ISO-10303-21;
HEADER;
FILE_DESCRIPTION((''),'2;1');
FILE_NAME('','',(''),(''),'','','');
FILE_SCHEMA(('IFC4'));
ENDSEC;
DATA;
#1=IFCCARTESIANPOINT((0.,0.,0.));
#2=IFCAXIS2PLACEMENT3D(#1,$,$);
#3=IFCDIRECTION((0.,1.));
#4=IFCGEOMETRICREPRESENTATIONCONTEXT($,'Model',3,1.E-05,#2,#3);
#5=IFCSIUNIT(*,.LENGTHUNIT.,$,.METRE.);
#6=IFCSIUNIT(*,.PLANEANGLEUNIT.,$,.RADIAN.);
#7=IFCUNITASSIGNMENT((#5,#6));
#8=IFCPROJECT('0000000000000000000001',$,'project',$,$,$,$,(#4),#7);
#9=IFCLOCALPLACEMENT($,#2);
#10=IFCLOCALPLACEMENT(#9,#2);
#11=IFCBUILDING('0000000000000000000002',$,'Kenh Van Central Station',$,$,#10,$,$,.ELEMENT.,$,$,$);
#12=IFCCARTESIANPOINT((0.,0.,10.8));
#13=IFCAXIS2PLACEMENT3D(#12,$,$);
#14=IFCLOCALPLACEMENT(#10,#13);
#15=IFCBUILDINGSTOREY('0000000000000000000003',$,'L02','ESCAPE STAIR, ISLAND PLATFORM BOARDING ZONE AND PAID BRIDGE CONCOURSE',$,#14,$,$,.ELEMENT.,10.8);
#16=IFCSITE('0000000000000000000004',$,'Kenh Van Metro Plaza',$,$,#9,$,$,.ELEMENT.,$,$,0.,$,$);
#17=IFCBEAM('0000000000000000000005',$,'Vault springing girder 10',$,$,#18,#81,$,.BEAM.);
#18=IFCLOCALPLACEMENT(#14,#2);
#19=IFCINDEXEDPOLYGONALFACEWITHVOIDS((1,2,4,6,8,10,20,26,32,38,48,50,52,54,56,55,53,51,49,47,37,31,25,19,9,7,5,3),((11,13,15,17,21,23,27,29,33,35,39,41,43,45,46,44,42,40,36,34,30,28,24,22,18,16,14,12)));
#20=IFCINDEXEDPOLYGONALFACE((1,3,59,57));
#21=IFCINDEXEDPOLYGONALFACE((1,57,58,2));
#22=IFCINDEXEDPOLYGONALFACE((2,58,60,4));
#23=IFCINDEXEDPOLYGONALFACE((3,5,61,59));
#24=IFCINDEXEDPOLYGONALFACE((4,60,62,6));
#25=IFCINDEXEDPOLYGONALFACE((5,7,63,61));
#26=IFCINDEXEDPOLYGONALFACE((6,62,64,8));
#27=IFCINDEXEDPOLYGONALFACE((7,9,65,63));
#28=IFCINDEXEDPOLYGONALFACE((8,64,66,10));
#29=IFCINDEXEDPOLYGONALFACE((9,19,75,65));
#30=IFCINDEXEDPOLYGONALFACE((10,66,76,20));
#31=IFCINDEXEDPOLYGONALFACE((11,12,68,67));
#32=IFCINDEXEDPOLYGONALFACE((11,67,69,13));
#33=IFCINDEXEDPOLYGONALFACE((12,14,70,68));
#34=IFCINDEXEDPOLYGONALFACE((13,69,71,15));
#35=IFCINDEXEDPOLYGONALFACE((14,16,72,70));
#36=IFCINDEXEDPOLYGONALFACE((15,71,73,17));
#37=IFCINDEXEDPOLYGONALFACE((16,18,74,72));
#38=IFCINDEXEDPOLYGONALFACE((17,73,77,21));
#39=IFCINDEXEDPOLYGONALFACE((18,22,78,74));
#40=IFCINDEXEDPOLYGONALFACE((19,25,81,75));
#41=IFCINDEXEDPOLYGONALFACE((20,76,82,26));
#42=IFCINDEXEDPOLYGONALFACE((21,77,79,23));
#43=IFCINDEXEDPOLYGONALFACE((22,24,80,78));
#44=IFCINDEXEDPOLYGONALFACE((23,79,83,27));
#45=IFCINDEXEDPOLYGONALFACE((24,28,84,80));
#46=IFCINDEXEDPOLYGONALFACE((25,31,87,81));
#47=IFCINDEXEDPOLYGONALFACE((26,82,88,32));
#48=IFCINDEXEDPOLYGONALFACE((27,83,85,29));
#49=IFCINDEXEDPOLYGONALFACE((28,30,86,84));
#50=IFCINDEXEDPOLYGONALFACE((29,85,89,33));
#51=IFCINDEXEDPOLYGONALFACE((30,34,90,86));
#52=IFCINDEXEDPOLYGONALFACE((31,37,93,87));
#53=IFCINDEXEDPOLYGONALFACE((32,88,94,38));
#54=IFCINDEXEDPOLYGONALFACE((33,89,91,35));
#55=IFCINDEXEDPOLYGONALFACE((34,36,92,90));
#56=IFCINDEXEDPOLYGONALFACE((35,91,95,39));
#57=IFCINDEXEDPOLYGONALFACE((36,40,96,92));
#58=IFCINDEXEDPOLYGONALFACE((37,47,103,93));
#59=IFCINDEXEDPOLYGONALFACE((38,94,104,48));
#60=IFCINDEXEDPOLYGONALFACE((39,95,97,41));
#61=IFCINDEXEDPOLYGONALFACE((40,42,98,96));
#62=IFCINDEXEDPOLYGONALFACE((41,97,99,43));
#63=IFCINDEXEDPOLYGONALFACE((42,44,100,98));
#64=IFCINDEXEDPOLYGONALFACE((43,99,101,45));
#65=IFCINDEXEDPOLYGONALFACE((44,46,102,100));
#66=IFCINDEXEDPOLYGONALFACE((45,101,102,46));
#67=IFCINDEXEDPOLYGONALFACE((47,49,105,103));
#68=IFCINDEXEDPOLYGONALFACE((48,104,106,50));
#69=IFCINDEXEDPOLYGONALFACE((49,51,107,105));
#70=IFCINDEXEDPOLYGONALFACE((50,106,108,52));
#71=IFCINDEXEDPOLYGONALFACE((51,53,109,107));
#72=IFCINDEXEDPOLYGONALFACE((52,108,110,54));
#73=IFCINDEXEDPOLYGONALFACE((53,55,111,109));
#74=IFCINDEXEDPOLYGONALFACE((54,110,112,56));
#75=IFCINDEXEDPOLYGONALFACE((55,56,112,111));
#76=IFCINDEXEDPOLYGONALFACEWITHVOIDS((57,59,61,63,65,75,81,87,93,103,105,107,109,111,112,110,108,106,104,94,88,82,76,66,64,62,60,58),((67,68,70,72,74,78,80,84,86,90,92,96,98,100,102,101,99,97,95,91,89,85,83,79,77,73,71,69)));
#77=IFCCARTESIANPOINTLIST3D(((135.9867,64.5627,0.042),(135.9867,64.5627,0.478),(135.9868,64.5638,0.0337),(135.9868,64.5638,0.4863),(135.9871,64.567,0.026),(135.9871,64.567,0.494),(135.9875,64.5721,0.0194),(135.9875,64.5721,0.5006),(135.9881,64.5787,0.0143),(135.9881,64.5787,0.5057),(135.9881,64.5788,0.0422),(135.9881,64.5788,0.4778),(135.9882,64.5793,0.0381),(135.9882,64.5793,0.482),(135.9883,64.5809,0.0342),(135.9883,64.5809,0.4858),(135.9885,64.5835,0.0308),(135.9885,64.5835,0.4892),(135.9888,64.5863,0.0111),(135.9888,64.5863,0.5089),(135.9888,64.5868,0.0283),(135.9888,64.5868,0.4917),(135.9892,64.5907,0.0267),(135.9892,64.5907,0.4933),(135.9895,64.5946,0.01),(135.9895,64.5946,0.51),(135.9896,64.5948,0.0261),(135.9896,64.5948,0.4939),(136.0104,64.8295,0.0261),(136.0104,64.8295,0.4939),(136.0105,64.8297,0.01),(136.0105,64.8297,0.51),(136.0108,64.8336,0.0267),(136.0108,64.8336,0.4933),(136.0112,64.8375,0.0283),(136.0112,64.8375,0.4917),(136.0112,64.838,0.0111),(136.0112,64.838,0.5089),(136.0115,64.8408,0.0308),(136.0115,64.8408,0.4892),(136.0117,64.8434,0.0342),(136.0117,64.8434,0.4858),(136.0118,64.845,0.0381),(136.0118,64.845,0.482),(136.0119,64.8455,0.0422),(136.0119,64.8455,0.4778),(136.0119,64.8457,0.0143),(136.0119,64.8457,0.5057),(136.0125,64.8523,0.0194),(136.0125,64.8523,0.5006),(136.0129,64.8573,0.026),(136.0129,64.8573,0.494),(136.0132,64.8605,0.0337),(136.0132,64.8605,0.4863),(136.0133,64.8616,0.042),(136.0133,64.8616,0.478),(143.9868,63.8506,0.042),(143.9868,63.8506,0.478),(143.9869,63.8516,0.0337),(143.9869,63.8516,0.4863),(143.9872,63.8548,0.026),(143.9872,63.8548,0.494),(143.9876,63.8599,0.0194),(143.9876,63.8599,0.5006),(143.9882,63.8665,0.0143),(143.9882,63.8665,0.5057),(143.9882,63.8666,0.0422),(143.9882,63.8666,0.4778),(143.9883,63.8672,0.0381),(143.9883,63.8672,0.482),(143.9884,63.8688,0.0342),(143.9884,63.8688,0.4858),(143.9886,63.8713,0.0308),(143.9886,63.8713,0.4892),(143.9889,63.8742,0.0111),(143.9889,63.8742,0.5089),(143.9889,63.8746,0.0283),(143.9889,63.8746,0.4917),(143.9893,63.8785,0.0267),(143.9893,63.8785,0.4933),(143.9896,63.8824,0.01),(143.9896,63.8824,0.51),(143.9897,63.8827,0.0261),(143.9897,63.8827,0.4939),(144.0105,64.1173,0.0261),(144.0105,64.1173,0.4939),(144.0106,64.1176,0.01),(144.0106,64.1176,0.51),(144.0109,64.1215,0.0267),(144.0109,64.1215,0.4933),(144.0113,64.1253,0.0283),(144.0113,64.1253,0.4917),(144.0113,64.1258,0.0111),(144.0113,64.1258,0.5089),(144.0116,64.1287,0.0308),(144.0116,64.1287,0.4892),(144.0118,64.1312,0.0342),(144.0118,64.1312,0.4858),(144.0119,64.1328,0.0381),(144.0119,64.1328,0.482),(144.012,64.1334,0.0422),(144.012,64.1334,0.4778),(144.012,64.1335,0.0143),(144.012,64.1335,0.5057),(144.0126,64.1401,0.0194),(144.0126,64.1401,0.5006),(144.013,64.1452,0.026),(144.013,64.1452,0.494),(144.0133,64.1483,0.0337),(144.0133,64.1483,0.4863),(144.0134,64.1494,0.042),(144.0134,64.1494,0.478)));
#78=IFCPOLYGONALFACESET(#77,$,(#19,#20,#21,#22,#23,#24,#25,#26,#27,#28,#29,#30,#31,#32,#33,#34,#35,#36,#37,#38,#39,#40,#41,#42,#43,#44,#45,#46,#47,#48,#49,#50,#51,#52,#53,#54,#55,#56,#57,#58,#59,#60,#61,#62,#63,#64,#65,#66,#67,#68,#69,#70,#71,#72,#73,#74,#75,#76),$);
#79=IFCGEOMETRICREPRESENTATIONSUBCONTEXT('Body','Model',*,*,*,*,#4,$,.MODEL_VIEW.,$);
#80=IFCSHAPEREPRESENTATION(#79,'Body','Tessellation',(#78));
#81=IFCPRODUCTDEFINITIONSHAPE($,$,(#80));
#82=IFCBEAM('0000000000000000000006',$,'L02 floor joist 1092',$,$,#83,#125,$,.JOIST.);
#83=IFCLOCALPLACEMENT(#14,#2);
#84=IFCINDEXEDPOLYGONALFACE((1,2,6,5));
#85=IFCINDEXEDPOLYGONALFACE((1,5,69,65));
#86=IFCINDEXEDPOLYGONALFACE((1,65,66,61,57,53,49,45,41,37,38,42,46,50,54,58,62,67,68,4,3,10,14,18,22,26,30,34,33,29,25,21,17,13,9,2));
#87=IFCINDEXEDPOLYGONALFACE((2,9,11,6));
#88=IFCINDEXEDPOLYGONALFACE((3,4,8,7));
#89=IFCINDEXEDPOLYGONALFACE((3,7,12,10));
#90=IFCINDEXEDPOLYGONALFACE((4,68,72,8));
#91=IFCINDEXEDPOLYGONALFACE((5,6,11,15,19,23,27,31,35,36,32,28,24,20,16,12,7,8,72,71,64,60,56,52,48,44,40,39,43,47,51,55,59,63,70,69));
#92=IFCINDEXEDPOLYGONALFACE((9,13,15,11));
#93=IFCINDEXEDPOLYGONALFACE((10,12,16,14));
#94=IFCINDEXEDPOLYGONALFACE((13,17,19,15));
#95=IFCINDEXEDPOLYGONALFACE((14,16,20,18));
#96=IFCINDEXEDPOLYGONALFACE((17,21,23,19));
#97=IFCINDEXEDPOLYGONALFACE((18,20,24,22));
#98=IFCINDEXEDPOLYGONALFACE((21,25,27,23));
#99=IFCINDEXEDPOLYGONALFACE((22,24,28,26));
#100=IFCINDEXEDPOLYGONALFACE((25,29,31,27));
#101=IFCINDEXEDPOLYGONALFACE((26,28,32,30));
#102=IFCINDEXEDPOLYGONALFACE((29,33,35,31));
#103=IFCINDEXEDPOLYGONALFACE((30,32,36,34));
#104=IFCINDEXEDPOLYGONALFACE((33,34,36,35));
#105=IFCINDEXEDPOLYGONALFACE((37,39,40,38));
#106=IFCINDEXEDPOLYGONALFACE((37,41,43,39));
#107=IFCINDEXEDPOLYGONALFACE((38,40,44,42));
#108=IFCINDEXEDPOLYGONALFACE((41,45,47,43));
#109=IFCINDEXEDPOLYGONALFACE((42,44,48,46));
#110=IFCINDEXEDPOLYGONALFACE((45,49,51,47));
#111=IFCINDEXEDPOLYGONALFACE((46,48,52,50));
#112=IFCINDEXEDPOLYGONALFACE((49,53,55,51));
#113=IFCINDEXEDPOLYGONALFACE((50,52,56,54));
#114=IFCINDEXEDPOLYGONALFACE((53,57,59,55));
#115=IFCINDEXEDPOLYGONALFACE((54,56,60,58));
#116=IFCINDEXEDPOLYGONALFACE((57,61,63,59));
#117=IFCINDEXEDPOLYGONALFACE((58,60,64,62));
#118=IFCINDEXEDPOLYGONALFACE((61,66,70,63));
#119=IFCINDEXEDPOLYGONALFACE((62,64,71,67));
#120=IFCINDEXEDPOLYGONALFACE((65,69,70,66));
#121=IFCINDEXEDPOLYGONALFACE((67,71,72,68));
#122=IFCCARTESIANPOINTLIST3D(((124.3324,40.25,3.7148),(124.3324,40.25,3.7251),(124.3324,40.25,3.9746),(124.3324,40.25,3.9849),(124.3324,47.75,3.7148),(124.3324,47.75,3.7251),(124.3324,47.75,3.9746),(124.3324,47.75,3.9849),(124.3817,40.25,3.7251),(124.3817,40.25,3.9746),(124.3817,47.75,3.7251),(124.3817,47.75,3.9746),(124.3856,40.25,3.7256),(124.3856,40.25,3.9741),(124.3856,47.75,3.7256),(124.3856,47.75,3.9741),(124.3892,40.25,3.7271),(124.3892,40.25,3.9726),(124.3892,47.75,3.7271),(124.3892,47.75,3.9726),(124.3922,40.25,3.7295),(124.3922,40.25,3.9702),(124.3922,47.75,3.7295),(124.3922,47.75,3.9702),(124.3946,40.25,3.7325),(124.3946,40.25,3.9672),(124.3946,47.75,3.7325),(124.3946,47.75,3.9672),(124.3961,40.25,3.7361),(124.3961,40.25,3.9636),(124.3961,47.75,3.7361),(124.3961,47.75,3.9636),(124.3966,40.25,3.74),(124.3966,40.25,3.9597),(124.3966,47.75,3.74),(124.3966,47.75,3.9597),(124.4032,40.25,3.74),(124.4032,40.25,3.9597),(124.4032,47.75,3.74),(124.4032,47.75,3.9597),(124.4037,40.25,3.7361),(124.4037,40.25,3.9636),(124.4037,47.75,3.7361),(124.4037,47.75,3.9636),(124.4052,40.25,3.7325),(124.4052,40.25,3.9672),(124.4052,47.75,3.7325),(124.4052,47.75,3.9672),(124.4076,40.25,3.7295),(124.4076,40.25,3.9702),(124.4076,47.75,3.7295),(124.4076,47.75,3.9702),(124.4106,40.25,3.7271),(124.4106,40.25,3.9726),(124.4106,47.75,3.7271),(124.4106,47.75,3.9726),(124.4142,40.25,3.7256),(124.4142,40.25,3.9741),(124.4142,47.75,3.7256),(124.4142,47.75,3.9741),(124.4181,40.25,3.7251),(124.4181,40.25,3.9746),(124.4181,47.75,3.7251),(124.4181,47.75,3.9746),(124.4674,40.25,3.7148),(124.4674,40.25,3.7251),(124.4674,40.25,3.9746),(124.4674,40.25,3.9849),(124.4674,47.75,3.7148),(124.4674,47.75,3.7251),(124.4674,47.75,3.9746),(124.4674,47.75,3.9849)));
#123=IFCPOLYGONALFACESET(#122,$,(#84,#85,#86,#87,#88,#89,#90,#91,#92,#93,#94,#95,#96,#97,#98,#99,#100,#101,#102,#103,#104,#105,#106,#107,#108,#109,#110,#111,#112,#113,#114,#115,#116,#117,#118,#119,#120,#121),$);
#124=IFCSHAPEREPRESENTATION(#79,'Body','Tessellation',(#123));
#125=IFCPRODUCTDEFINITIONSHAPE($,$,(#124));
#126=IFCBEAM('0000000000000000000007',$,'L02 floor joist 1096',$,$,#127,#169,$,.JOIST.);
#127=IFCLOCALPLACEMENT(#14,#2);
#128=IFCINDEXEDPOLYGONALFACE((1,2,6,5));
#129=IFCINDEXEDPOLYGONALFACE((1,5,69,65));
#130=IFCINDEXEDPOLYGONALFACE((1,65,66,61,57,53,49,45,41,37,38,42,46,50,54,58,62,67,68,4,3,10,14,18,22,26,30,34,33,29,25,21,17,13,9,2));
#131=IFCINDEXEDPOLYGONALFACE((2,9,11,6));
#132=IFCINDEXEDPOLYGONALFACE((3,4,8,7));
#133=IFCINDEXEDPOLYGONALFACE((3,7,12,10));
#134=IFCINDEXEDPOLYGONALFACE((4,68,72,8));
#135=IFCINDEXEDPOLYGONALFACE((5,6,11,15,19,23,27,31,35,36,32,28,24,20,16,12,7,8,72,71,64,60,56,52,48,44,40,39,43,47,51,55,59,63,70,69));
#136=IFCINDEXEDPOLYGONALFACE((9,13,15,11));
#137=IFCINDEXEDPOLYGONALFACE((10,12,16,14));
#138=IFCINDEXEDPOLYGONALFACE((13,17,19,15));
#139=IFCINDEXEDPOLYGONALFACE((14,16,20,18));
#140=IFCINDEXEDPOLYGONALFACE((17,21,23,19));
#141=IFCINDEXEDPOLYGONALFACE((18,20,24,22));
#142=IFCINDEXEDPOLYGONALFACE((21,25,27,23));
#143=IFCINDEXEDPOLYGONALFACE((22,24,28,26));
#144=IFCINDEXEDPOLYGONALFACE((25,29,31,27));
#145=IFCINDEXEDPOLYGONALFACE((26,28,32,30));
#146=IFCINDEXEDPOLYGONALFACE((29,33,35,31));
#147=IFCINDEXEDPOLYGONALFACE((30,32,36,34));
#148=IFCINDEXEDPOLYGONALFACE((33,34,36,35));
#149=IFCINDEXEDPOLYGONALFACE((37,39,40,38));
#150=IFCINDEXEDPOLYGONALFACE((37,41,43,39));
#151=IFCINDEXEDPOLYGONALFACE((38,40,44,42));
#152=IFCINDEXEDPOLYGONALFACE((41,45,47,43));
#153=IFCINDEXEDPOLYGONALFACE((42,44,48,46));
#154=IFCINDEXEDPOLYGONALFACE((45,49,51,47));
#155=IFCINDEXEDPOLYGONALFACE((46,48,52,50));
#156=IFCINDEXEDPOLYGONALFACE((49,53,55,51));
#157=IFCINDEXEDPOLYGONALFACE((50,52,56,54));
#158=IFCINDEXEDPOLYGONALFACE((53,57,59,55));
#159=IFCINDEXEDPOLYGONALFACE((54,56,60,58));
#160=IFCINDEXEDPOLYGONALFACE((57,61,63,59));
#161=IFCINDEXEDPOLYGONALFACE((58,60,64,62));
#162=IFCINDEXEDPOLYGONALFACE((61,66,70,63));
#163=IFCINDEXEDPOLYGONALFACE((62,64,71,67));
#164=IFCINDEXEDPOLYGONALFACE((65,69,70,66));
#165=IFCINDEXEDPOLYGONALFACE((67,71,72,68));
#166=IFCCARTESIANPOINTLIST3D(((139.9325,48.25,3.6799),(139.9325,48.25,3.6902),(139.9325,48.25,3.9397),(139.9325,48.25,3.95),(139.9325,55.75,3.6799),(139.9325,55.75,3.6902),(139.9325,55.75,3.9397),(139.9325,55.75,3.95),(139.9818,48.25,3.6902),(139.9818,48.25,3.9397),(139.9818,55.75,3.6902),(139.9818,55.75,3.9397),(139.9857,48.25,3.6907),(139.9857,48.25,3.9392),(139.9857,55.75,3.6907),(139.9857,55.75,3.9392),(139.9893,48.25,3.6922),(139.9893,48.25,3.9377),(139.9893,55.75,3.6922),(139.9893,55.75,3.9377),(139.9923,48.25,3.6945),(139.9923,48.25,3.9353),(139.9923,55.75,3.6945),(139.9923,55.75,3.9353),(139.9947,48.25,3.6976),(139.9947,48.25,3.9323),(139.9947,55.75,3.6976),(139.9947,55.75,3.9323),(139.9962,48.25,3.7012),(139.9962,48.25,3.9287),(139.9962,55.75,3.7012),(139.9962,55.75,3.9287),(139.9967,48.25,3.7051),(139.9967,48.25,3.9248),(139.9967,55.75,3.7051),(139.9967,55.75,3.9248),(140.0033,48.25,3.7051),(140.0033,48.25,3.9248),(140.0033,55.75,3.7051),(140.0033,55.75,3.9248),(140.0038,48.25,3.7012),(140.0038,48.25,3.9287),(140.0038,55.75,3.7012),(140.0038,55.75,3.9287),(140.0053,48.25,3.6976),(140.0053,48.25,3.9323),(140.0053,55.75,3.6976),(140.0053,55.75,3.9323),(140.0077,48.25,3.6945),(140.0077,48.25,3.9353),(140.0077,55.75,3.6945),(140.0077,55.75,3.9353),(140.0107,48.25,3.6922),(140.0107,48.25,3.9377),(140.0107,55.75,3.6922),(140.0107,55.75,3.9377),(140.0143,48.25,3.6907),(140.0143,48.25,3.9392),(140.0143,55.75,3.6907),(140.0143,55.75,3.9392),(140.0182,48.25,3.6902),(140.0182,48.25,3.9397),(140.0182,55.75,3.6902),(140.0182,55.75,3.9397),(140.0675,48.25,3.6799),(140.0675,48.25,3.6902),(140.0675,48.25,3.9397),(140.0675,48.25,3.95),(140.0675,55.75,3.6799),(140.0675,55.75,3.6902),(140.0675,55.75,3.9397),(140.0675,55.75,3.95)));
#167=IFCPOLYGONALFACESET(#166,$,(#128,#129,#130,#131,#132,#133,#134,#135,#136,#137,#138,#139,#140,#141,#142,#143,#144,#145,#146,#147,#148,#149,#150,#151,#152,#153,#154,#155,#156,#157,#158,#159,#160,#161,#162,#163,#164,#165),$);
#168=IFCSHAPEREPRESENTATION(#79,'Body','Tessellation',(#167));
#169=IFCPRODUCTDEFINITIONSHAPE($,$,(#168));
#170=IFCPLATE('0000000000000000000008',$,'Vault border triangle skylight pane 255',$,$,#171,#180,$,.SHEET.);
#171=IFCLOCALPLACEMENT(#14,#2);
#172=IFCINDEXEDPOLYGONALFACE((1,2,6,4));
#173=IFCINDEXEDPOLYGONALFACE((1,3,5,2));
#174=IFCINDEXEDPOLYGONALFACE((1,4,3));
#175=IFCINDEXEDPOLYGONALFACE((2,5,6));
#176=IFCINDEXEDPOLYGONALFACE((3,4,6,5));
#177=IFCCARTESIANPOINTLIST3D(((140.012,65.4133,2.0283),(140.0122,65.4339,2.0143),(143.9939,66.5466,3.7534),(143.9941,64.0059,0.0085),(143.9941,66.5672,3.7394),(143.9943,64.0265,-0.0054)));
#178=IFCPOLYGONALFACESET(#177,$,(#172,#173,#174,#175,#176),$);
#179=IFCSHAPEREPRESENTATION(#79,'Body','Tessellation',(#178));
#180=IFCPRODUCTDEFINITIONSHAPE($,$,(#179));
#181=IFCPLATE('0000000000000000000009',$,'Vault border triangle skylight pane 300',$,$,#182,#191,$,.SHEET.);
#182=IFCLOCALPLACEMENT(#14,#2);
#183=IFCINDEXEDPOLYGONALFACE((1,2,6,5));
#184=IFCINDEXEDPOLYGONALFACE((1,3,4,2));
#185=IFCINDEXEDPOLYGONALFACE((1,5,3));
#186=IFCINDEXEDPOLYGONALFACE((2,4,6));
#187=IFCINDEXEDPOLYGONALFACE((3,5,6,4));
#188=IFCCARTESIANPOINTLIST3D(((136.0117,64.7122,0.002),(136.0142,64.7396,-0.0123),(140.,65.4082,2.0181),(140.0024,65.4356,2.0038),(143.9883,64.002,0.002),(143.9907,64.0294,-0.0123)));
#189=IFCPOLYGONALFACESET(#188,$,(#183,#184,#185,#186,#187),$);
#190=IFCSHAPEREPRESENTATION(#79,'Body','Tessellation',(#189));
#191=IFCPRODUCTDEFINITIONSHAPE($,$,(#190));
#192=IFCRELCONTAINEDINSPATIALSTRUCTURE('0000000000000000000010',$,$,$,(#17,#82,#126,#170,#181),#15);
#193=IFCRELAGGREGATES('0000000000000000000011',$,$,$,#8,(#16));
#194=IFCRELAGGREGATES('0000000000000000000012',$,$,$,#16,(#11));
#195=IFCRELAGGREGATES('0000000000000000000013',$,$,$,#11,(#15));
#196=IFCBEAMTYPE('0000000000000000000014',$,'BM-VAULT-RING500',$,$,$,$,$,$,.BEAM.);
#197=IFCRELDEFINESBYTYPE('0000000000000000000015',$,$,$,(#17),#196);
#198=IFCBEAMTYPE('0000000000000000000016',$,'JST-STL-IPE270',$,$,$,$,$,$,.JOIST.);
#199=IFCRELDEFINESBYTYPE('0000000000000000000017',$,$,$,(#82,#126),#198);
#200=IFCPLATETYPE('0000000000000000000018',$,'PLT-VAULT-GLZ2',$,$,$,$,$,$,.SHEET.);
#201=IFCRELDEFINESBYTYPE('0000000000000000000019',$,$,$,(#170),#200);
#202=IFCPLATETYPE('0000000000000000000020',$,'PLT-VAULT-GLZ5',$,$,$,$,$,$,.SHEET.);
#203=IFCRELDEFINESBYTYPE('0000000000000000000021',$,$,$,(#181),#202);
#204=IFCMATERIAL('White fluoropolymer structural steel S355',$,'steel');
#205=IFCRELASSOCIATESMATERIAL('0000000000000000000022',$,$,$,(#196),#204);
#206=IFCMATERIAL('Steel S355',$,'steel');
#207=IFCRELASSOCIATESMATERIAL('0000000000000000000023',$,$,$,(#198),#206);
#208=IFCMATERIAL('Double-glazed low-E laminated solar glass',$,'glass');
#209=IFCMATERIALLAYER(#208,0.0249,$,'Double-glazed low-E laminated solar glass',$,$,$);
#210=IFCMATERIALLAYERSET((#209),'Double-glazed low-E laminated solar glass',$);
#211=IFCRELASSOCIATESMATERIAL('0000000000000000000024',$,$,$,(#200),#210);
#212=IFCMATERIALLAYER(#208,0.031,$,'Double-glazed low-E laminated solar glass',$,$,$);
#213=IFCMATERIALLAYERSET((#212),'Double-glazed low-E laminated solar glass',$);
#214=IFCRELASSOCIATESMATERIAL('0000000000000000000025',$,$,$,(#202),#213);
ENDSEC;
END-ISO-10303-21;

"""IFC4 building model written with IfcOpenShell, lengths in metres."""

from ifc_helpers import new_model, si_unit, direction, frame, origin, origin_2d, place, context, subcontext, project, spatial, polyline, hollow_rectangle, i_section, outline, extrude, material, layer, layer_set, material_profile, profile_set, type_object, element, save


model = new_model("IFC4")

# Units and contexts
model_context = context("Model", 3, precision=1e-05, world=origin(), true_north=direction((0.0, 1.0)))
body_context = subcontext(model_context, "Body", "Model", "MODEL_VIEW")
ifc_project = project(units=[si_unit("LENGTHUNIT", "METRE"), si_unit("PLANEANGLEUNIT", "RADIAN")], contexts=[model_context])

# Site, building, storey
site_placement = place(None, origin())
site = spatial("IfcSite", under=ifc_project, at=site_placement, Name="Kenh Van Metro Plaza", CompositionType="ELEMENT", RefElevation=0.0)
building_placement = place(site_placement, origin())
building = spatial("IfcBuilding", under=site, at=building_placement, Name="Kenh Van Central Station", CompositionType="ELEMENT")
storey_placement = place(building_placement, frame((0.0, 0.0, 10.8)))
storey = spatial("IfcBuildingStorey", under=building, at=storey_placement, Name="L02", Description="ESCAPE STAIR, ISLAND PLATFORM BOARDING ZONE AND PAID BRIDGE CONCOURSE", CompositionType="ELEMENT", Elevation=10.8)

# Beams
ifc_material_1 = material(Name="White fluoropolymer structural steel S355", Category="steel")
ifc_material_profile_1 = material_profile(ifc_material_1, hollow_rectangle(XDim=0.3, YDim=0.5, WallThickness=0.0161, InnerFilletRadius=0.0161, OuterFilletRadius=0.032, at=origin_2d()), Name="RHS 500x300x16")
ifc_profile_set_1 = profile_set([ifc_material_profile_1], Name="White fluoropolymer structural steel S355")
beam_type_1 = type_object("IfcBeamType", Name="BM-VAULT-RING500", PredefinedType="BEAM", material=ifc_profile_set_1)
beam_placement = place(storey_placement, frame((136.0, 64.7122, 0.26), z_axis=(0.996061, -0.088669, 0.0), x_axis=(0.088669, 0.996061, 0.0)))
element("IfcBeam", 1, at=beam_placement, inside=storey, type_object=beam_type_1, Name="Vault springing girder 10", PredefinedType="BEAM", context=body_context, shape_type="SweptSolid", body=[
    extrude(hollow_rectangle(XDim=0.3, YDim=0.5, WallThickness=0.0161, InnerFilletRadius=0.0161, OuterFilletRadius=0.032, at=origin_2d()), origin(), (0.0, 0.0, 1.0), 8.0317),
])
ifc_material_2 = material(Name="Steel S355", Category="steel")
ifc_material_profile_2 = material_profile(ifc_material_2, i_section(OverallWidth=0.135, OverallDepth=0.27, WebThickness=0.0066, FlangeThickness=0.0103, FilletRadius=0.0149, at=origin_2d()), Name="IPE 270")
ifc_profile_set_2 = profile_set([ifc_material_profile_2], Name="Steel S355")
beam_type_2 = type_object("IfcBeamType", Name="JST-STL-IPE270", PredefinedType="JOIST", material=ifc_profile_set_2)
for number, where, z_axis, x_axis, name in (
    (2, (124.3999, 40.25, 3.8499), (0.0, 1.0, 0.0), (-1.0, 0.0, 0.0), "L02 floor joist 1092"),
    (3, (140.0, 48.25, 3.8149), (0.0, 1.0, 0.0), (-1.0, 0.0, 0.0), "L02 floor joist 1096"),
):
    element("IfcBeam", number, at=place(storey_placement, frame(where, z_axis=z_axis, x_axis=x_axis)), inside=storey, type_object=beam_type_2, Name=name, PredefinedType="JOIST", context=body_context, shape_type="SweptSolid", body=[
        extrude(i_section(OverallWidth=0.135, OverallDepth=0.27, WebThickness=0.0066, FlangeThickness=0.0103, FilletRadius=0.0149, at=origin_2d()), origin(), (0.0, 0.0, 1.0), 7.5),
    ])

# Plates
ifc_material_3 = material(Name="Double-glazed low-E laminated solar glass", Category="glass")
ifc_layer_1 = layer(ifc_material_3, 0.0249, Name="Double-glazed low-E laminated solar glass")
ifc_layer_set_1 = layer_set([ifc_layer_1], Name="Double-glazed low-E laminated solar glass")
plate_type_1 = type_object("IfcPlateType", Name="PLT-VAULT-GLZ2", PredefinedType="SHEET", material=ifc_layer_set_1)
plate_1_placement = place(storey_placement, frame((143.9941, 64.0059, 0.0085), z_axis=(-0.007714, -0.827492, 0.561425), x_axis=(-0.000054, 0.561442, 0.827516)))
element("IfcPlate", 4, at=plate_1_placement, inside=storey, type_object=plate_type_1, Name="Vault border triangle skylight pane 255", PredefinedType="SHEET", context=body_context, shape_type="SweptSolid", body=[
    extrude(outline(polyline([(0.0, 0.0), (4.5254, 0.0), (2.4618, 3.9822), (0.0, 0.0)])), origin(), (0.0, 0.0, -1.0), 0.0249),
])
ifc_layer_2 = layer(ifc_material_3, 0.031, Name="Double-glazed low-E laminated solar glass")
ifc_layer_set_2 = layer_set([ifc_layer_2], Name="Double-glazed low-E laminated solar glass")
plate_type_2 = type_object("IfcPlateType", Name="PLT-VAULT-GLZ5", PredefinedType="SHEET", material=ifc_layer_set_2)
plate_2_placement = place(storey_placement, frame((136.0117, 64.7122, 0.002), z_axis=(-0.078705, -0.883967, 0.460877), x_axis=(0.99606, -0.088686, 0.0)))
element("IfcPlate", 5, at=plate_2_placement, inside=storey, type_object=plate_type_2, Name="Vault border triangle skylight pane 300", PredefinedType="SHEET", context=body_context, shape_type="SweptSolid", body=[
    extrude(outline(polyline([(0.0, 0.0), (8.0081, 0.0), (3.9108, 2.2718), (0.0, 0.0)])), origin(), (0.0, 0.0, -1.0), 0.031),
])

save(model, "model.ifc")
